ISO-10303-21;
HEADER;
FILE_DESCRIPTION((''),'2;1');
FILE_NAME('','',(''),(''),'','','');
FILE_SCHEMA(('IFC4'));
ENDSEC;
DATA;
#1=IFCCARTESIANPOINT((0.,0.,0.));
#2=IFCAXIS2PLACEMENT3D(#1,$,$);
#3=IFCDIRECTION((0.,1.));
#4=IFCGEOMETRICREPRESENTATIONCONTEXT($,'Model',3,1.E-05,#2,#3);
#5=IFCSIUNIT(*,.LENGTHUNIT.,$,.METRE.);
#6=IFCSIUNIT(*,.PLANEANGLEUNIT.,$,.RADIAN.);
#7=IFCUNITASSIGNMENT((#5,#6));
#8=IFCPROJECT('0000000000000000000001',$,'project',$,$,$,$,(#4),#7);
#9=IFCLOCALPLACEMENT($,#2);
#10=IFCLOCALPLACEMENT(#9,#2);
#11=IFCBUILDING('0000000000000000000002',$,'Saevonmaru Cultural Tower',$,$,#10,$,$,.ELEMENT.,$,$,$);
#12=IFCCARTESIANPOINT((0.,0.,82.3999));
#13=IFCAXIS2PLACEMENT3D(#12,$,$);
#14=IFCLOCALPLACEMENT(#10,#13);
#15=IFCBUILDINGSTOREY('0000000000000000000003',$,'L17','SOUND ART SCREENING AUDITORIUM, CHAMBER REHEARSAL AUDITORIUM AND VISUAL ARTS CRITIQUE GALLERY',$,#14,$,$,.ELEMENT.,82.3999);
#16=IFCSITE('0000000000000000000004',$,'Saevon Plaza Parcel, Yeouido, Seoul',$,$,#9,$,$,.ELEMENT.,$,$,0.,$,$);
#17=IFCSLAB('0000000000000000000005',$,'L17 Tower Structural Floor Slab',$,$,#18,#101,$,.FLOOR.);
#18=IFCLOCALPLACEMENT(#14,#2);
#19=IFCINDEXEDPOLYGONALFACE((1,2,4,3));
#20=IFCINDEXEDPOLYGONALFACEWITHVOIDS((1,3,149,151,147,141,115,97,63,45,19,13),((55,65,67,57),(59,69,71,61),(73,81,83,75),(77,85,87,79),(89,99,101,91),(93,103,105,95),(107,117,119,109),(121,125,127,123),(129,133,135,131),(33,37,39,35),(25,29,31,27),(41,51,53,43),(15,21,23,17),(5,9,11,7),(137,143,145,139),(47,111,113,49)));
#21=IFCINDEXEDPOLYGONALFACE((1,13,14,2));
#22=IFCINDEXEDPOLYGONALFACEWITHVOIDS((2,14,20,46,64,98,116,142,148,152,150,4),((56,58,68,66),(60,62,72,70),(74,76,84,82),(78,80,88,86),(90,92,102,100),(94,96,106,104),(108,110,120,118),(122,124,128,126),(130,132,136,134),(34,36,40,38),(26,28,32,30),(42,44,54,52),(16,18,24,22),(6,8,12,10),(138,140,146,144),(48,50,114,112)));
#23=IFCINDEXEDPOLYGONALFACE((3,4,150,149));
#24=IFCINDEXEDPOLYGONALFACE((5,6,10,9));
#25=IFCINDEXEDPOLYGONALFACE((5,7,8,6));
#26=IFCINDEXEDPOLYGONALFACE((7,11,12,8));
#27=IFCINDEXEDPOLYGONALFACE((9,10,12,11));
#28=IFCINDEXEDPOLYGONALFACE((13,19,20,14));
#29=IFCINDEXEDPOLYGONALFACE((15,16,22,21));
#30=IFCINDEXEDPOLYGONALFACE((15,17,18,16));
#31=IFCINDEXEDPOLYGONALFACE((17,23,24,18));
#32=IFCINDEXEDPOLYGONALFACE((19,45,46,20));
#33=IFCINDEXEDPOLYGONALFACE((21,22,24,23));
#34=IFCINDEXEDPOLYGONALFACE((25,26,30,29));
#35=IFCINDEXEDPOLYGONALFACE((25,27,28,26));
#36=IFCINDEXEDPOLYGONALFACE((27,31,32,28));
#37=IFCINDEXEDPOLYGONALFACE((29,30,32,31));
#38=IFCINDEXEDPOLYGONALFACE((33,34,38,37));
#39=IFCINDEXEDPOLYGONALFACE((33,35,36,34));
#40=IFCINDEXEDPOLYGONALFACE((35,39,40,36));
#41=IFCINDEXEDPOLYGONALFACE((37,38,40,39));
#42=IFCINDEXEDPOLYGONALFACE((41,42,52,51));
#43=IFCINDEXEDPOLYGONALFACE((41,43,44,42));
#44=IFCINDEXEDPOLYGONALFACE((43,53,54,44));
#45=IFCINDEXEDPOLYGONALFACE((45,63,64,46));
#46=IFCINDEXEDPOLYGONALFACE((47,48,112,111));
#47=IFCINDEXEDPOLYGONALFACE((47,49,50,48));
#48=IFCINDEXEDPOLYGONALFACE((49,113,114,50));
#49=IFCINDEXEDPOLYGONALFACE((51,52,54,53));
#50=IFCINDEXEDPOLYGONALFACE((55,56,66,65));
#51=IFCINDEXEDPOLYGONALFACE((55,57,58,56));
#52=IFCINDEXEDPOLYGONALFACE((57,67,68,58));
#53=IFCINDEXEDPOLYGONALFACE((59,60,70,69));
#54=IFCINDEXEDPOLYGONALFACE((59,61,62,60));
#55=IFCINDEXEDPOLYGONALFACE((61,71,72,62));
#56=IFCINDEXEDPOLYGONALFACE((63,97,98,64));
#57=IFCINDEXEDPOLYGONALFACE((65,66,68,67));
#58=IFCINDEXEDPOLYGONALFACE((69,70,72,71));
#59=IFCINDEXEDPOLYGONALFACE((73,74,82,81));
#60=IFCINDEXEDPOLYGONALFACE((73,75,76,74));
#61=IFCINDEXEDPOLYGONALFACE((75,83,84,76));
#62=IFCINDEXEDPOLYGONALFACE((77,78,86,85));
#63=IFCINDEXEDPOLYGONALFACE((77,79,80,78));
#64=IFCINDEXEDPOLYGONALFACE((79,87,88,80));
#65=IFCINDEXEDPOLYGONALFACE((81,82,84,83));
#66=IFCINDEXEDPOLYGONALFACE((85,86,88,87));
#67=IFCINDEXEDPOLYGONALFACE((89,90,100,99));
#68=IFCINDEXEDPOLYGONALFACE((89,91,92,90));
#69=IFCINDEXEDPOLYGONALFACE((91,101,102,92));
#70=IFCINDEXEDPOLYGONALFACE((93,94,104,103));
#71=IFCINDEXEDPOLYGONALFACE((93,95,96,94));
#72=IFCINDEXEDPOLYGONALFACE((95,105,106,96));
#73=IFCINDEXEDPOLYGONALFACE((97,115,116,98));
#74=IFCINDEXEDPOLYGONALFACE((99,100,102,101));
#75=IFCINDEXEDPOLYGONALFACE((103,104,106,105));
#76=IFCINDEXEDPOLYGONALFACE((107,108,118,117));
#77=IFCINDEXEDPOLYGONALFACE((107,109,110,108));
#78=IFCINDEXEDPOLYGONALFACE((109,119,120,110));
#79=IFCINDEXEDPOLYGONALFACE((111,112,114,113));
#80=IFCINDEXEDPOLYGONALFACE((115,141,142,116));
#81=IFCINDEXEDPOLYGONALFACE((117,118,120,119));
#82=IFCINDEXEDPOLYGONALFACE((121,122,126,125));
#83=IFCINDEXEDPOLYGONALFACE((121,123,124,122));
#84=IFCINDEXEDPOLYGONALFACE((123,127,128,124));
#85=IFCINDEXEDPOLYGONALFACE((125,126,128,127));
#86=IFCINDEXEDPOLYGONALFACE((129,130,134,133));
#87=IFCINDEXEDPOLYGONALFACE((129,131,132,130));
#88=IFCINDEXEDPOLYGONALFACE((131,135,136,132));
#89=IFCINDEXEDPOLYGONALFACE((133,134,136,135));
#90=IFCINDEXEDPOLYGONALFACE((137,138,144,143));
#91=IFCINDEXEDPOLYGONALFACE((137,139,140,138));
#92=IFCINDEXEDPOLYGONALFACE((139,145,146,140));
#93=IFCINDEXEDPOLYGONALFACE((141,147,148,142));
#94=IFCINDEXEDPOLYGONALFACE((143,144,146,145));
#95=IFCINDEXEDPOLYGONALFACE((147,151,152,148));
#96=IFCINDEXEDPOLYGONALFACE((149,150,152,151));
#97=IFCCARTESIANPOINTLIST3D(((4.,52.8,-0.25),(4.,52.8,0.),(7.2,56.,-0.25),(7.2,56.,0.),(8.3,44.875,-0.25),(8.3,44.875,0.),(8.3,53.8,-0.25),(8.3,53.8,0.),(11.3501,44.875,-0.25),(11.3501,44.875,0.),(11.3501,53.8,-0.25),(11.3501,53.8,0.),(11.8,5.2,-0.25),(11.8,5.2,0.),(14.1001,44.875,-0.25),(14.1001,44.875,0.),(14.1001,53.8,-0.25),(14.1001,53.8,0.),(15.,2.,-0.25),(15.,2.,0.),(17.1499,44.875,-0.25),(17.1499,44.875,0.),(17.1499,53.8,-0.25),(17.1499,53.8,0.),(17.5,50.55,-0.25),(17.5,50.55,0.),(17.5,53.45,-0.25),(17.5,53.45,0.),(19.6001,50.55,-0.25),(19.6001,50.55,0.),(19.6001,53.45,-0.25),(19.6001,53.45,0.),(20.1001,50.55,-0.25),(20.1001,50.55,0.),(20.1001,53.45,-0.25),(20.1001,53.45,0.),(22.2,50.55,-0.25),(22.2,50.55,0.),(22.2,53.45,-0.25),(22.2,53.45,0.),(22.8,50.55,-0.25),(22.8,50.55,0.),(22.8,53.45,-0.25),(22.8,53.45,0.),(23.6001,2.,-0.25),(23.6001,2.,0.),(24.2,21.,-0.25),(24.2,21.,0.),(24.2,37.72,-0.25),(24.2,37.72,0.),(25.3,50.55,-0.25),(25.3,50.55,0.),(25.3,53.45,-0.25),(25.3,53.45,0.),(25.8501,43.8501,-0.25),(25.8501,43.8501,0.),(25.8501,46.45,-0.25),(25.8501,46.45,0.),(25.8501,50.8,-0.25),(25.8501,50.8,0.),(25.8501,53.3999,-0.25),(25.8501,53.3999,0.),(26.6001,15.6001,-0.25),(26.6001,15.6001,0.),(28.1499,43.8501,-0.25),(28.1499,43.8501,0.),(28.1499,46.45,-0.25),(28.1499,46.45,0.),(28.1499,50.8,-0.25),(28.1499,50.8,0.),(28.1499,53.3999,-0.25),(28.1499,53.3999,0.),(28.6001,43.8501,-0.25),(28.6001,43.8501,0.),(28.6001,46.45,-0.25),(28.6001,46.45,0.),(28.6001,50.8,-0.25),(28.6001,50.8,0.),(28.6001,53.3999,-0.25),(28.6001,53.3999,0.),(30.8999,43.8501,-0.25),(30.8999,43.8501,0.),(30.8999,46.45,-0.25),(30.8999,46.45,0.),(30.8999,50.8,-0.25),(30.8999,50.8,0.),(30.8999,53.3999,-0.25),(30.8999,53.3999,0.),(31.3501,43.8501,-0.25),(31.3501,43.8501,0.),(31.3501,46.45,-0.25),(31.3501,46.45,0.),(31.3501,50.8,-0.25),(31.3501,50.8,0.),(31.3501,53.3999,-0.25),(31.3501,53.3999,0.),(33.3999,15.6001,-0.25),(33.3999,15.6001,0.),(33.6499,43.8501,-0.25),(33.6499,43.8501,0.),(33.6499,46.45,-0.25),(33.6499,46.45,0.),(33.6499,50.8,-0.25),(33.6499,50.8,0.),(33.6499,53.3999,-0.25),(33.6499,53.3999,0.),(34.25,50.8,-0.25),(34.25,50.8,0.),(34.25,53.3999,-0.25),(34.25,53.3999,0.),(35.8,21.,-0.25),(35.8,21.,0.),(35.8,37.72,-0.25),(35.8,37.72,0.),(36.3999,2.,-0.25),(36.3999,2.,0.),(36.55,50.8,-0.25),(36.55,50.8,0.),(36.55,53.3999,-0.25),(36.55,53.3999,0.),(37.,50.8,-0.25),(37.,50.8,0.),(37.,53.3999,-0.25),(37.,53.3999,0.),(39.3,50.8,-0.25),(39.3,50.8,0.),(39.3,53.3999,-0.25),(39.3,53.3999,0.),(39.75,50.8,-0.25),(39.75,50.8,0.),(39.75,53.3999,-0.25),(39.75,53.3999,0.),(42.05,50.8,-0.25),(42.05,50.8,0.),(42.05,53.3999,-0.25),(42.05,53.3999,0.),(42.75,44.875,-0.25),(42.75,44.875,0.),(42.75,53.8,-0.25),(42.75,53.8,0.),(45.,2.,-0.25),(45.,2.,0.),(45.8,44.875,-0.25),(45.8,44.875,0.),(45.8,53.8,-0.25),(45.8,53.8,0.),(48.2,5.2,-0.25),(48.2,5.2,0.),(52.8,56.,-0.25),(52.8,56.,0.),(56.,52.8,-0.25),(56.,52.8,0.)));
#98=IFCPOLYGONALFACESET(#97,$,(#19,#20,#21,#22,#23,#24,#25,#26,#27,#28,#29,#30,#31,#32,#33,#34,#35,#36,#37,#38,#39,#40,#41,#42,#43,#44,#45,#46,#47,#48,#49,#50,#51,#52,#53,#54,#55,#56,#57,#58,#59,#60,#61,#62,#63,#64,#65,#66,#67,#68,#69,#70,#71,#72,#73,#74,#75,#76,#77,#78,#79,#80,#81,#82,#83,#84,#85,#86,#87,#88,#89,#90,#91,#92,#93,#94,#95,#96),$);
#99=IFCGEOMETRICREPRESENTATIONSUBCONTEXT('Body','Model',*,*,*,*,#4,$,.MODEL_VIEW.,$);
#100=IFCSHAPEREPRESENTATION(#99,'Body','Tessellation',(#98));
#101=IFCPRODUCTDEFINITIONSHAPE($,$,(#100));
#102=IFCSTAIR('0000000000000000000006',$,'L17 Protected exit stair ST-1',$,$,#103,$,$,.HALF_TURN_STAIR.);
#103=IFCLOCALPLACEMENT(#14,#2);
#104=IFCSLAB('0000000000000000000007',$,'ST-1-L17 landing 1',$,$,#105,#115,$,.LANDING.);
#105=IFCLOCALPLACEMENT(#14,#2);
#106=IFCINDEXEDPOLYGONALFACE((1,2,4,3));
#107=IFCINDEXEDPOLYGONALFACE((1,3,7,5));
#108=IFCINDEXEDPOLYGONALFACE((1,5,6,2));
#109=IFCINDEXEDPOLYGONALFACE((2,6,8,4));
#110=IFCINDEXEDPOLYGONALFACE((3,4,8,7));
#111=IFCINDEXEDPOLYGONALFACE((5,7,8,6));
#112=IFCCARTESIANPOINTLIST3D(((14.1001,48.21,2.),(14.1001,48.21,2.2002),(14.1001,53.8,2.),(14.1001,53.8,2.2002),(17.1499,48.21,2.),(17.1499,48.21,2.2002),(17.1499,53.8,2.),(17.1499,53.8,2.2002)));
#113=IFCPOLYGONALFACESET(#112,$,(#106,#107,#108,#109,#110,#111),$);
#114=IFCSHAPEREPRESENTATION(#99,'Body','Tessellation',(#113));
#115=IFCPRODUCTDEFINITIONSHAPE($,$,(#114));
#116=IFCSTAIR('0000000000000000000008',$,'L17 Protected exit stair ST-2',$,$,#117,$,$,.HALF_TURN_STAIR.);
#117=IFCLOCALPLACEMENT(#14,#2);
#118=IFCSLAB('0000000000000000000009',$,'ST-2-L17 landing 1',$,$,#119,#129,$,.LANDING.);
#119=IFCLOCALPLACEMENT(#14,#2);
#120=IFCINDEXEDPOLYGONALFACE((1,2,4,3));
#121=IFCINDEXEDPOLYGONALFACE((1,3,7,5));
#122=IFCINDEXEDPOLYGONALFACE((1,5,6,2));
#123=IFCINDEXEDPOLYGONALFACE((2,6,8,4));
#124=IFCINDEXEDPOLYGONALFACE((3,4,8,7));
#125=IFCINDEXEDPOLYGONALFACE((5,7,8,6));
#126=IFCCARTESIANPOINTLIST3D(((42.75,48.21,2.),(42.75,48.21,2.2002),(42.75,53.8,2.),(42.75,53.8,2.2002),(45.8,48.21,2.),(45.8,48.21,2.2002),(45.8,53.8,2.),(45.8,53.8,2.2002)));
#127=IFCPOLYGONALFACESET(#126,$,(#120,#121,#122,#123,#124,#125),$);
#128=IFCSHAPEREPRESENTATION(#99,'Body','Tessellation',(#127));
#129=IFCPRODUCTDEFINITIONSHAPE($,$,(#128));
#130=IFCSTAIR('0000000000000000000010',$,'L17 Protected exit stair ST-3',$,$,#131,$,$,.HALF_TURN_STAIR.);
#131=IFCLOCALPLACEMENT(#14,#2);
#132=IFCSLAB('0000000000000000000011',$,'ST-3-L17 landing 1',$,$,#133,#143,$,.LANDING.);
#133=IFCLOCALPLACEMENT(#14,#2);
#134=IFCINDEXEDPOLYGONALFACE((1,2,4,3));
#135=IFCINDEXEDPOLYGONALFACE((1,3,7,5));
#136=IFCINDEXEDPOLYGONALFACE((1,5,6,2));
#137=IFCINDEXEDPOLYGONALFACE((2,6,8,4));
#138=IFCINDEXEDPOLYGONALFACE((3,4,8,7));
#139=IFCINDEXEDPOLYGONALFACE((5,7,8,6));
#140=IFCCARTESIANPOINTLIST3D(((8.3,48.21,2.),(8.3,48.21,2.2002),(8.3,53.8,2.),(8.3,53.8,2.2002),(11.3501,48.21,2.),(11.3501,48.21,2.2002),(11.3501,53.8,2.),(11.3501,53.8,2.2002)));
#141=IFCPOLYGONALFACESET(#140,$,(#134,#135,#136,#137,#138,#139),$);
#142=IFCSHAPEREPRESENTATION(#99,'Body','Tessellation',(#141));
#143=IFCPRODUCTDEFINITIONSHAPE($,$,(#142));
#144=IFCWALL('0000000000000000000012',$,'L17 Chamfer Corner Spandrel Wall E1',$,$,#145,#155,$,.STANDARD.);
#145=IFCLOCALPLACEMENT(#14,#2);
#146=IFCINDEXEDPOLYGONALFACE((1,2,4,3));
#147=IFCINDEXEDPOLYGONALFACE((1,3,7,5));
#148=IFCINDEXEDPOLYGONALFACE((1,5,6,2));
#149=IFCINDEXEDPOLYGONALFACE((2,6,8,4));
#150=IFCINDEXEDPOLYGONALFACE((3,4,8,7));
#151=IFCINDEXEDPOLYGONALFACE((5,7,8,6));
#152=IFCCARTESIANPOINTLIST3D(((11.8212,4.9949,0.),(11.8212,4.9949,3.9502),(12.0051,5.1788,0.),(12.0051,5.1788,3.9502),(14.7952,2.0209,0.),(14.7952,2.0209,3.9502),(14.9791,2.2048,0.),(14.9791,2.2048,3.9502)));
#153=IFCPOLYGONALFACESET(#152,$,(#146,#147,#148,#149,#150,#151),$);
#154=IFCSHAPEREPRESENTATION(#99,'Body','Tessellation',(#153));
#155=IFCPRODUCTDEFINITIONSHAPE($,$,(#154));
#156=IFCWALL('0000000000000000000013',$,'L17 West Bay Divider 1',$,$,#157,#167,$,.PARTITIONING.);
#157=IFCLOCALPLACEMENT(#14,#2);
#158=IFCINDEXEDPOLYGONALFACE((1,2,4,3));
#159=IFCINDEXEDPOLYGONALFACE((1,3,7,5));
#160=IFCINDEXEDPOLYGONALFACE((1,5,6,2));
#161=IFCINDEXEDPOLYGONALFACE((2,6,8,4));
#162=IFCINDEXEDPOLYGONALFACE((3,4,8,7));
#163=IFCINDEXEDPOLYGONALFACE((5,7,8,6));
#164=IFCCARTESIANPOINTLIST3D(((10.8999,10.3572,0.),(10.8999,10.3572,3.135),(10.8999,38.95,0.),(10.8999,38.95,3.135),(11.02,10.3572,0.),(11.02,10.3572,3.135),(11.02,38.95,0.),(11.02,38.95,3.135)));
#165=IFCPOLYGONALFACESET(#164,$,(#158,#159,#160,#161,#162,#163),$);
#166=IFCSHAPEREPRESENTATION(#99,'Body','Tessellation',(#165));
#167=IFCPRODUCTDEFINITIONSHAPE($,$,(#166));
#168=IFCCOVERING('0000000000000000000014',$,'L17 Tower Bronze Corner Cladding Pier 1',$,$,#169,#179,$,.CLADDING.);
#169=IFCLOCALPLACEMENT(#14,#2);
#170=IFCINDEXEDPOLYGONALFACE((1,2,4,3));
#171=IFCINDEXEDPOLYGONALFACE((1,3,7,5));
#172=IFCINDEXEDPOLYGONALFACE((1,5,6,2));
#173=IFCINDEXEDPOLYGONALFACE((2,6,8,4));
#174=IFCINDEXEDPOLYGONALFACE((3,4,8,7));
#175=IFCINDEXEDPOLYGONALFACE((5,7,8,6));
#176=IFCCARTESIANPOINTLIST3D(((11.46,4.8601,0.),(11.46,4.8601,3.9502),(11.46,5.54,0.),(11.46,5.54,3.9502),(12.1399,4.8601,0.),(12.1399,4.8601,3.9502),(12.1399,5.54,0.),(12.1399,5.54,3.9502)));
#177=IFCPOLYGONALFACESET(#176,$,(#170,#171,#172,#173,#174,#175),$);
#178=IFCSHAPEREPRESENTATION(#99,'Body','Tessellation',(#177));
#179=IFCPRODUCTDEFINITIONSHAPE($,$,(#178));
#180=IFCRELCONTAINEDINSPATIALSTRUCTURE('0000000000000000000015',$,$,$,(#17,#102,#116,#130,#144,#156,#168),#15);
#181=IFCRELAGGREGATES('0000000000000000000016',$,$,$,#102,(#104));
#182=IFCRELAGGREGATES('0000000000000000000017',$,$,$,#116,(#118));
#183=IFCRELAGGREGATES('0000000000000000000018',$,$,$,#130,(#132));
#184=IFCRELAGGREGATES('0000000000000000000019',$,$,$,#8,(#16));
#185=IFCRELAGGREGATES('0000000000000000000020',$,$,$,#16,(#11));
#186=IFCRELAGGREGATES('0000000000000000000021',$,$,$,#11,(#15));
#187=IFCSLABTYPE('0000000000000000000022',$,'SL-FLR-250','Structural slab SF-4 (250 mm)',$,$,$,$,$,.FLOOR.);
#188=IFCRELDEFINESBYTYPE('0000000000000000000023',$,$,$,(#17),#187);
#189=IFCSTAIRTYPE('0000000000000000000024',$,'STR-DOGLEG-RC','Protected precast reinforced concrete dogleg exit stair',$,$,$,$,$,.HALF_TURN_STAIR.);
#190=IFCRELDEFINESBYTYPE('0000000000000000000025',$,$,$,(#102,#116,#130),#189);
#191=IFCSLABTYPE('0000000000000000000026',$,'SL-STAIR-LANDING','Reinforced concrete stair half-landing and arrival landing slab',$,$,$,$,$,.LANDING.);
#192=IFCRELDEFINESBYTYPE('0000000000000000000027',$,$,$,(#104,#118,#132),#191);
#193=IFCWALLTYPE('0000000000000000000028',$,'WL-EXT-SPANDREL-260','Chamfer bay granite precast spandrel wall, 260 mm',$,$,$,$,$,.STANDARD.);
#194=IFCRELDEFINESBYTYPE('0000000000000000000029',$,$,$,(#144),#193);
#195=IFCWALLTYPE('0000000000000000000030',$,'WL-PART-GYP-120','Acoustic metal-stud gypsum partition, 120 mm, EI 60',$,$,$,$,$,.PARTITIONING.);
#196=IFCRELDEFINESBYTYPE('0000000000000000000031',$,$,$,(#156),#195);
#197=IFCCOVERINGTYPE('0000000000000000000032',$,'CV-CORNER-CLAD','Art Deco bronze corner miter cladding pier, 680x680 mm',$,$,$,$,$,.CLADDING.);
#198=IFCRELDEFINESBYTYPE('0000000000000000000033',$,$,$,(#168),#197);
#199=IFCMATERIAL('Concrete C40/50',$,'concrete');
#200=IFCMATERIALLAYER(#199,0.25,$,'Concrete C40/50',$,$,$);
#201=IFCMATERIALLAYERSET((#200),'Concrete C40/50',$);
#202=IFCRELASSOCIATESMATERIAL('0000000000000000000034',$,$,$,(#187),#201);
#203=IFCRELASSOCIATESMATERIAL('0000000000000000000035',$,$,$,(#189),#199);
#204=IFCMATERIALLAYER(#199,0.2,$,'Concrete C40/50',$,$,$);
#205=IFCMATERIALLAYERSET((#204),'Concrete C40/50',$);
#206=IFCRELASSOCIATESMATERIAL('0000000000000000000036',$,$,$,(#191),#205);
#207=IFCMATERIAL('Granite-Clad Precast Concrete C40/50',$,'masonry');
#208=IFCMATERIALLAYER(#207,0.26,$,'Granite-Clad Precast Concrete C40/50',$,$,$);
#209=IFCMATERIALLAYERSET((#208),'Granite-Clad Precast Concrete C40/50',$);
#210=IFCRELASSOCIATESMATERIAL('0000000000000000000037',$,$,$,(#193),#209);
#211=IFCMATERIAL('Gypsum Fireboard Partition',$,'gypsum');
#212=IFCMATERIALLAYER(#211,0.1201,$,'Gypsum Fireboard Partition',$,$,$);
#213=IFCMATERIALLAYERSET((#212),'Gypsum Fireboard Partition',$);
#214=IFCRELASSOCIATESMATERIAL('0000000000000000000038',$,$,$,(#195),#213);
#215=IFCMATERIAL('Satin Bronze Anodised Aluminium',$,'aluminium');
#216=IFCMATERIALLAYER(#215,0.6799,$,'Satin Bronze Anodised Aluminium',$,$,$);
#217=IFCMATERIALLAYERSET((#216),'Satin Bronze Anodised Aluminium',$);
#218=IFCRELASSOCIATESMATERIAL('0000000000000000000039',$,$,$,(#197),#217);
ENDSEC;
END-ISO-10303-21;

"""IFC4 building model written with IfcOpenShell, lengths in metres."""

from ifc_helpers import new_model, si_unit, direction, frame, frame_2d, origin, place, context, subcontext, project, spatial, polyline, rectangle, outline, extrude, material, layer, layer_set, type_object, element, aggregate, save


model = new_model("IFC4")

# Units and contexts
model_context = context("Model", 3, precision=1e-05, world=origin(), true_north=direction((0.0, 1.0)))
body_context = subcontext(model_context, "Body", "Model", "MODEL_VIEW")
ifc_project = project(units=[si_unit("LENGTHUNIT", "METRE"), si_unit("PLANEANGLEUNIT", "RADIAN")], contexts=[model_context])

# Site, building, storey
site_placement = place(None, origin())
site = spatial("IfcSite", under=ifc_project, at=site_placement, Name="Saevon Plaza Parcel, Yeouido, Seoul", CompositionType="ELEMENT", RefElevation=0.0)
building_placement = place(site_placement, origin())
building = spatial("IfcBuilding", under=site, at=building_placement, Name="Saevonmaru Cultural Tower", CompositionType="ELEMENT")
storey_placement = place(building_placement, frame((0.0, 0.0, 82.3999)))
storey = spatial("IfcBuildingStorey", under=building, at=storey_placement, Name="L17", Description="SOUND ART SCREENING AUDITORIUM, CHAMBER REHEARSAL AUDITORIUM AND VISUAL ARTS CRITIQUE GALLERY", CompositionType="ELEMENT", Elevation=82.3999)

# Shared definitions
ifc_material_1 = material(Name="Satin Bronze Anodised Aluminium", Category="aluminium")

# Slab
ifc_material_2 = material(Name="Concrete C40/50", Category="concrete")
ifc_layer_1 = layer(ifc_material_2, 0.25, Name="Concrete C40/50")
ifc_layer_set_1 = layer_set([ifc_layer_1], Name="Concrete C40/50")
slab_type_1 = type_object("IfcSlabType", Name="SL-FLR-250", Description="Structural slab SF-4 (250 mm)", PredefinedType="FLOOR", material=ifc_layer_set_1)
slab_1_placement = place(storey_placement, frame((0.0, 0.0, -0.25)))
element("IfcSlab", 1, at=slab_1_placement, inside=storey, type_object=slab_type_1, Name="L17 Tower Structural Floor Slab", PredefinedType="FLOOR", context=body_context, shape_type="SweptSolid", body=[
    extrude(outline(polyline([(11.8, 5.2), (15.0, 2.0), (23.6001, 2.0), (26.6001, 15.6001), (33.3999, 15.6001), (36.3999, 2.0), (45.0, 2.0), (48.2, 5.2), (56.0, 52.8), (52.8, 56.0), (7.2, 56.0), (4.0, 52.8), (11.8, 5.2)]), holes=[polyline([(45.8, 44.875), (42.75, 44.875), (42.75, 53.8), (45.8, 53.8), (45.8, 44.875)]), polyline([(39.75, 50.8), (39.75, 53.3999), (42.05, 53.3999), (42.05, 50.8), (39.75, 50.8)]), polyline([(37.0, 50.8), (37.0, 53.3999), (39.3, 53.3999), (39.3, 50.8), (37.0, 50.8)]), polyline([(34.25, 50.8), (34.25, 53.3999), (36.55, 53.3999), (36.55, 50.8), (34.25, 50.8)]), polyline([(24.2, 21.0), (24.2, 37.72), (35.8, 37.72), (35.8, 21.0), (24.2, 21.0)]), polyline([(31.3501, 50.8), (31.3501, 53.3999), (33.6499, 53.3999), (33.6499, 50.8), (31.3501, 50.8)]), polyline([(31.3501, 43.8501), (31.3501, 46.45), (33.6499, 46.45), (33.6499, 43.8501), (31.3501, 43.8501)]), polyline([(28.6001, 43.8501), (28.6001, 46.45), (30.8999, 46.45), (30.8999, 43.8501), (28.6001, 43.8501)]), polyline([(28.6001, 50.8), (28.6001, 53.3999), (30.8999, 53.3999), (30.8999, 50.8), (28.6001, 50.8)]), polyline([(25.8501, 50.8), (25.8501, 53.3999), (28.1499, 53.3999), (28.1499, 50.8), (25.8501, 50.8)]), polyline([(25.8501, 43.8501), (25.8501, 46.45), (28.1499, 46.45), (28.1499, 43.8501), (25.8501, 43.8501)]), polyline([(22.8, 50.55), (22.8, 53.45), (25.3, 53.45), (25.3, 50.55), (22.8, 50.55)]), polyline([(20.1001, 50.55), (20.1001, 53.45), (22.2, 53.45), (22.2, 50.55), (20.1001, 50.55)]), polyline([(17.5, 50.55), (17.5, 53.45), (19.6001, 53.45), (19.6001, 50.55), (17.5, 50.55)]), polyline([(17.1499, 44.875), (14.1001, 44.875), (14.1001, 53.8), (17.1499, 53.8), (17.1499, 44.875)]), polyline([(11.3501, 44.875), (8.3, 44.875), (8.3, 53.8), (11.3501, 53.8), (11.3501, 44.875)])]), origin(), (0.0, 0.0, 1.0), 0.25),
])

# Stairs, slabs
stair_type = type_object("IfcStairType", Name="STR-DOGLEG-RC", Description="Protected precast reinforced concrete dogleg exit stair", PredefinedType="HALF_TURN_STAIR", material=ifc_material_2)
stair_1_placement = place(storey_placement, origin())
stair_1 = element("IfcStair", 2, at=stair_1_placement, inside=storey, type_object=stair_type, Name="L17 Protected exit stair ST-1", PredefinedType="HALF_TURN_STAIR")
ifc_layer_2 = layer(ifc_material_2, 0.2, Name="Concrete C40/50")
ifc_layer_set_2 = layer_set([ifc_layer_2], Name="Concrete C40/50")
slab_type_2 = type_object("IfcSlabType", Name="SL-STAIR-LANDING", Description="Reinforced concrete stair half-landing and arrival landing slab", PredefinedType="LANDING", material=ifc_layer_set_2)
slab_2_placement = place(storey_placement, frame((0.0, 0.0, 2.0)))
slab_2 = element("IfcSlab", 3, at=slab_2_placement, type_object=slab_type_2, Name="ST-1-L17 landing 1", PredefinedType="LANDING", context=body_context, shape_type="SweptSolid", body=[
    extrude(outline(polyline([(17.1499, 48.21), (17.1499, 53.8), (14.1001, 53.8), (14.1001, 48.21), (17.1499, 48.21)])), origin(), (0.0, 0.0, 1.0), 0.2002),
])
aggregate(stair_1, [slab_2])
stair_2_placement = place(storey_placement, origin())
stair_2 = element("IfcStair", 4, at=stair_2_placement, inside=storey, type_object=stair_type, Name="L17 Protected exit stair ST-2", PredefinedType="HALF_TURN_STAIR")
slab_3_placement = place(storey_placement, frame((0.0, 0.0, 2.0)))
slab_3 = element("IfcSlab", 5, at=slab_3_placement, type_object=slab_type_2, Name="ST-2-L17 landing 1", PredefinedType="LANDING", context=body_context, shape_type="SweptSolid", body=[
    extrude(outline(polyline([(45.8, 48.21), (45.8, 53.8), (42.75, 53.8), (42.75, 48.21), (45.8, 48.21)])), origin(), (0.0, 0.0, 1.0), 0.2002),
])
aggregate(stair_2, [slab_3])
stair_3_placement = place(storey_placement, origin())
stair_3 = element("IfcStair", 6, at=stair_3_placement, inside=storey, type_object=stair_type, Name="L17 Protected exit stair ST-3", PredefinedType="HALF_TURN_STAIR")
slab_4_placement = place(storey_placement, frame((0.0, 0.0, 2.0)))
slab_4 = element("IfcSlab", 7, at=slab_4_placement, type_object=slab_type_2, Name="ST-3-L17 landing 1", PredefinedType="LANDING", context=body_context, shape_type="SweptSolid", body=[
    extrude(outline(polyline([(11.3501, 48.21), (11.3501, 53.8), (8.3, 53.8), (8.3, 48.21), (11.3501, 48.21)])), origin(), (0.0, 0.0, 1.0), 0.2002),
])
aggregate(stair_3, [slab_4])

# Walls
ifc_material_3 = material(Name="Granite-Clad Precast Concrete C40/50", Category="masonry")
ifc_layer_3 = layer(ifc_material_3, 0.26, Name="Granite-Clad Precast Concrete C40/50")
ifc_layer_set_3 = layer_set([ifc_layer_3], Name="Granite-Clad Precast Concrete C40/50")
wall_type_1 = type_object("IfcWallType", Name="WL-EXT-SPANDREL-260", Description="Chamfer bay granite precast spandrel wall, 260 mm", PredefinedType="STANDARD", material=ifc_layer_set_3)
wall_1_placement = place(storey_placement, frame((11.9131, 5.0869, 0.0), z_axis=(0.0, 0.0, 1.0), x_axis=(0.707107, -0.707107, 0.0)))
element("IfcWall", 8, at=wall_1_placement, inside=storey, type_object=wall_type_1, Name="L17 Chamfer Corner Spandrel Wall E1", PredefinedType="STANDARD", context=body_context, shape_type="SweptSolid", body=[
    extrude(rectangle(XDim=4.2058, YDim=0.26, at=frame_2d((2.103, 0.0))), origin(), (0.0, 0.0, 1.0), 3.9502),
])
ifc_material_4 = material(Name="Gypsum Fireboard Partition", Category="gypsum")
ifc_layer_4 = layer(ifc_material_4, 0.1201, Name="Gypsum Fireboard Partition")
ifc_layer_set_4 = layer_set([ifc_layer_4], Name="Gypsum Fireboard Partition")
wall_type_2 = type_object("IfcWallType", Name="WL-PART-GYP-120", Description="Acoustic metal-stud gypsum partition, 120 mm, EI 60", PredefinedType="PARTITIONING", material=ifc_layer_set_4)
wall_2_placement = place(storey_placement, frame((10.96, 10.3572, 0.0), z_axis=(0.0, 0.0, 1.0), x_axis=(0.0, 1.0, 0.0)))
element("IfcWall", 9, at=wall_2_placement, inside=storey, type_object=wall_type_2, Name="L17 West Bay Divider 1", PredefinedType="PARTITIONING", context=body_context, shape_type="SweptSolid", body=[
    extrude(rectangle(XDim=28.5928, YDim=0.1201, at=frame_2d((14.2964, 0.0))), origin(), (0.0, 0.0, 1.0), 3.135),
])

# Covering
ifc_layer_5 = layer(ifc_material_1, 0.6799, Name="Satin Bronze Anodised Aluminium")
ifc_layer_set_5 = layer_set([ifc_layer_5], Name="Satin Bronze Anodised Aluminium")
covering_type = type_object("IfcCoveringType", Name="CV-CORNER-CLAD", Description="Art Deco bronze corner miter cladding pier, 680x680 mm", PredefinedType="CLADDING", material=ifc_layer_set_5)
covering_1_placement = place(storey_placement, origin())
element("IfcCovering", 10, at=covering_1_placement, inside=storey, type_object=covering_type, Name="L17 Tower Bronze Corner Cladding Pier 1", PredefinedType="CLADDING", context=body_context, shape_type="SweptSolid", body=[
    extrude(outline(polyline([(11.46, 4.8601), (12.1399, 4.8601), (12.1399, 5.54), (11.46, 5.54), (11.46, 4.8601)])), origin(), (0.0, 0.0, 1.0), 3.9502),
])

save(model, "model.ifc")
